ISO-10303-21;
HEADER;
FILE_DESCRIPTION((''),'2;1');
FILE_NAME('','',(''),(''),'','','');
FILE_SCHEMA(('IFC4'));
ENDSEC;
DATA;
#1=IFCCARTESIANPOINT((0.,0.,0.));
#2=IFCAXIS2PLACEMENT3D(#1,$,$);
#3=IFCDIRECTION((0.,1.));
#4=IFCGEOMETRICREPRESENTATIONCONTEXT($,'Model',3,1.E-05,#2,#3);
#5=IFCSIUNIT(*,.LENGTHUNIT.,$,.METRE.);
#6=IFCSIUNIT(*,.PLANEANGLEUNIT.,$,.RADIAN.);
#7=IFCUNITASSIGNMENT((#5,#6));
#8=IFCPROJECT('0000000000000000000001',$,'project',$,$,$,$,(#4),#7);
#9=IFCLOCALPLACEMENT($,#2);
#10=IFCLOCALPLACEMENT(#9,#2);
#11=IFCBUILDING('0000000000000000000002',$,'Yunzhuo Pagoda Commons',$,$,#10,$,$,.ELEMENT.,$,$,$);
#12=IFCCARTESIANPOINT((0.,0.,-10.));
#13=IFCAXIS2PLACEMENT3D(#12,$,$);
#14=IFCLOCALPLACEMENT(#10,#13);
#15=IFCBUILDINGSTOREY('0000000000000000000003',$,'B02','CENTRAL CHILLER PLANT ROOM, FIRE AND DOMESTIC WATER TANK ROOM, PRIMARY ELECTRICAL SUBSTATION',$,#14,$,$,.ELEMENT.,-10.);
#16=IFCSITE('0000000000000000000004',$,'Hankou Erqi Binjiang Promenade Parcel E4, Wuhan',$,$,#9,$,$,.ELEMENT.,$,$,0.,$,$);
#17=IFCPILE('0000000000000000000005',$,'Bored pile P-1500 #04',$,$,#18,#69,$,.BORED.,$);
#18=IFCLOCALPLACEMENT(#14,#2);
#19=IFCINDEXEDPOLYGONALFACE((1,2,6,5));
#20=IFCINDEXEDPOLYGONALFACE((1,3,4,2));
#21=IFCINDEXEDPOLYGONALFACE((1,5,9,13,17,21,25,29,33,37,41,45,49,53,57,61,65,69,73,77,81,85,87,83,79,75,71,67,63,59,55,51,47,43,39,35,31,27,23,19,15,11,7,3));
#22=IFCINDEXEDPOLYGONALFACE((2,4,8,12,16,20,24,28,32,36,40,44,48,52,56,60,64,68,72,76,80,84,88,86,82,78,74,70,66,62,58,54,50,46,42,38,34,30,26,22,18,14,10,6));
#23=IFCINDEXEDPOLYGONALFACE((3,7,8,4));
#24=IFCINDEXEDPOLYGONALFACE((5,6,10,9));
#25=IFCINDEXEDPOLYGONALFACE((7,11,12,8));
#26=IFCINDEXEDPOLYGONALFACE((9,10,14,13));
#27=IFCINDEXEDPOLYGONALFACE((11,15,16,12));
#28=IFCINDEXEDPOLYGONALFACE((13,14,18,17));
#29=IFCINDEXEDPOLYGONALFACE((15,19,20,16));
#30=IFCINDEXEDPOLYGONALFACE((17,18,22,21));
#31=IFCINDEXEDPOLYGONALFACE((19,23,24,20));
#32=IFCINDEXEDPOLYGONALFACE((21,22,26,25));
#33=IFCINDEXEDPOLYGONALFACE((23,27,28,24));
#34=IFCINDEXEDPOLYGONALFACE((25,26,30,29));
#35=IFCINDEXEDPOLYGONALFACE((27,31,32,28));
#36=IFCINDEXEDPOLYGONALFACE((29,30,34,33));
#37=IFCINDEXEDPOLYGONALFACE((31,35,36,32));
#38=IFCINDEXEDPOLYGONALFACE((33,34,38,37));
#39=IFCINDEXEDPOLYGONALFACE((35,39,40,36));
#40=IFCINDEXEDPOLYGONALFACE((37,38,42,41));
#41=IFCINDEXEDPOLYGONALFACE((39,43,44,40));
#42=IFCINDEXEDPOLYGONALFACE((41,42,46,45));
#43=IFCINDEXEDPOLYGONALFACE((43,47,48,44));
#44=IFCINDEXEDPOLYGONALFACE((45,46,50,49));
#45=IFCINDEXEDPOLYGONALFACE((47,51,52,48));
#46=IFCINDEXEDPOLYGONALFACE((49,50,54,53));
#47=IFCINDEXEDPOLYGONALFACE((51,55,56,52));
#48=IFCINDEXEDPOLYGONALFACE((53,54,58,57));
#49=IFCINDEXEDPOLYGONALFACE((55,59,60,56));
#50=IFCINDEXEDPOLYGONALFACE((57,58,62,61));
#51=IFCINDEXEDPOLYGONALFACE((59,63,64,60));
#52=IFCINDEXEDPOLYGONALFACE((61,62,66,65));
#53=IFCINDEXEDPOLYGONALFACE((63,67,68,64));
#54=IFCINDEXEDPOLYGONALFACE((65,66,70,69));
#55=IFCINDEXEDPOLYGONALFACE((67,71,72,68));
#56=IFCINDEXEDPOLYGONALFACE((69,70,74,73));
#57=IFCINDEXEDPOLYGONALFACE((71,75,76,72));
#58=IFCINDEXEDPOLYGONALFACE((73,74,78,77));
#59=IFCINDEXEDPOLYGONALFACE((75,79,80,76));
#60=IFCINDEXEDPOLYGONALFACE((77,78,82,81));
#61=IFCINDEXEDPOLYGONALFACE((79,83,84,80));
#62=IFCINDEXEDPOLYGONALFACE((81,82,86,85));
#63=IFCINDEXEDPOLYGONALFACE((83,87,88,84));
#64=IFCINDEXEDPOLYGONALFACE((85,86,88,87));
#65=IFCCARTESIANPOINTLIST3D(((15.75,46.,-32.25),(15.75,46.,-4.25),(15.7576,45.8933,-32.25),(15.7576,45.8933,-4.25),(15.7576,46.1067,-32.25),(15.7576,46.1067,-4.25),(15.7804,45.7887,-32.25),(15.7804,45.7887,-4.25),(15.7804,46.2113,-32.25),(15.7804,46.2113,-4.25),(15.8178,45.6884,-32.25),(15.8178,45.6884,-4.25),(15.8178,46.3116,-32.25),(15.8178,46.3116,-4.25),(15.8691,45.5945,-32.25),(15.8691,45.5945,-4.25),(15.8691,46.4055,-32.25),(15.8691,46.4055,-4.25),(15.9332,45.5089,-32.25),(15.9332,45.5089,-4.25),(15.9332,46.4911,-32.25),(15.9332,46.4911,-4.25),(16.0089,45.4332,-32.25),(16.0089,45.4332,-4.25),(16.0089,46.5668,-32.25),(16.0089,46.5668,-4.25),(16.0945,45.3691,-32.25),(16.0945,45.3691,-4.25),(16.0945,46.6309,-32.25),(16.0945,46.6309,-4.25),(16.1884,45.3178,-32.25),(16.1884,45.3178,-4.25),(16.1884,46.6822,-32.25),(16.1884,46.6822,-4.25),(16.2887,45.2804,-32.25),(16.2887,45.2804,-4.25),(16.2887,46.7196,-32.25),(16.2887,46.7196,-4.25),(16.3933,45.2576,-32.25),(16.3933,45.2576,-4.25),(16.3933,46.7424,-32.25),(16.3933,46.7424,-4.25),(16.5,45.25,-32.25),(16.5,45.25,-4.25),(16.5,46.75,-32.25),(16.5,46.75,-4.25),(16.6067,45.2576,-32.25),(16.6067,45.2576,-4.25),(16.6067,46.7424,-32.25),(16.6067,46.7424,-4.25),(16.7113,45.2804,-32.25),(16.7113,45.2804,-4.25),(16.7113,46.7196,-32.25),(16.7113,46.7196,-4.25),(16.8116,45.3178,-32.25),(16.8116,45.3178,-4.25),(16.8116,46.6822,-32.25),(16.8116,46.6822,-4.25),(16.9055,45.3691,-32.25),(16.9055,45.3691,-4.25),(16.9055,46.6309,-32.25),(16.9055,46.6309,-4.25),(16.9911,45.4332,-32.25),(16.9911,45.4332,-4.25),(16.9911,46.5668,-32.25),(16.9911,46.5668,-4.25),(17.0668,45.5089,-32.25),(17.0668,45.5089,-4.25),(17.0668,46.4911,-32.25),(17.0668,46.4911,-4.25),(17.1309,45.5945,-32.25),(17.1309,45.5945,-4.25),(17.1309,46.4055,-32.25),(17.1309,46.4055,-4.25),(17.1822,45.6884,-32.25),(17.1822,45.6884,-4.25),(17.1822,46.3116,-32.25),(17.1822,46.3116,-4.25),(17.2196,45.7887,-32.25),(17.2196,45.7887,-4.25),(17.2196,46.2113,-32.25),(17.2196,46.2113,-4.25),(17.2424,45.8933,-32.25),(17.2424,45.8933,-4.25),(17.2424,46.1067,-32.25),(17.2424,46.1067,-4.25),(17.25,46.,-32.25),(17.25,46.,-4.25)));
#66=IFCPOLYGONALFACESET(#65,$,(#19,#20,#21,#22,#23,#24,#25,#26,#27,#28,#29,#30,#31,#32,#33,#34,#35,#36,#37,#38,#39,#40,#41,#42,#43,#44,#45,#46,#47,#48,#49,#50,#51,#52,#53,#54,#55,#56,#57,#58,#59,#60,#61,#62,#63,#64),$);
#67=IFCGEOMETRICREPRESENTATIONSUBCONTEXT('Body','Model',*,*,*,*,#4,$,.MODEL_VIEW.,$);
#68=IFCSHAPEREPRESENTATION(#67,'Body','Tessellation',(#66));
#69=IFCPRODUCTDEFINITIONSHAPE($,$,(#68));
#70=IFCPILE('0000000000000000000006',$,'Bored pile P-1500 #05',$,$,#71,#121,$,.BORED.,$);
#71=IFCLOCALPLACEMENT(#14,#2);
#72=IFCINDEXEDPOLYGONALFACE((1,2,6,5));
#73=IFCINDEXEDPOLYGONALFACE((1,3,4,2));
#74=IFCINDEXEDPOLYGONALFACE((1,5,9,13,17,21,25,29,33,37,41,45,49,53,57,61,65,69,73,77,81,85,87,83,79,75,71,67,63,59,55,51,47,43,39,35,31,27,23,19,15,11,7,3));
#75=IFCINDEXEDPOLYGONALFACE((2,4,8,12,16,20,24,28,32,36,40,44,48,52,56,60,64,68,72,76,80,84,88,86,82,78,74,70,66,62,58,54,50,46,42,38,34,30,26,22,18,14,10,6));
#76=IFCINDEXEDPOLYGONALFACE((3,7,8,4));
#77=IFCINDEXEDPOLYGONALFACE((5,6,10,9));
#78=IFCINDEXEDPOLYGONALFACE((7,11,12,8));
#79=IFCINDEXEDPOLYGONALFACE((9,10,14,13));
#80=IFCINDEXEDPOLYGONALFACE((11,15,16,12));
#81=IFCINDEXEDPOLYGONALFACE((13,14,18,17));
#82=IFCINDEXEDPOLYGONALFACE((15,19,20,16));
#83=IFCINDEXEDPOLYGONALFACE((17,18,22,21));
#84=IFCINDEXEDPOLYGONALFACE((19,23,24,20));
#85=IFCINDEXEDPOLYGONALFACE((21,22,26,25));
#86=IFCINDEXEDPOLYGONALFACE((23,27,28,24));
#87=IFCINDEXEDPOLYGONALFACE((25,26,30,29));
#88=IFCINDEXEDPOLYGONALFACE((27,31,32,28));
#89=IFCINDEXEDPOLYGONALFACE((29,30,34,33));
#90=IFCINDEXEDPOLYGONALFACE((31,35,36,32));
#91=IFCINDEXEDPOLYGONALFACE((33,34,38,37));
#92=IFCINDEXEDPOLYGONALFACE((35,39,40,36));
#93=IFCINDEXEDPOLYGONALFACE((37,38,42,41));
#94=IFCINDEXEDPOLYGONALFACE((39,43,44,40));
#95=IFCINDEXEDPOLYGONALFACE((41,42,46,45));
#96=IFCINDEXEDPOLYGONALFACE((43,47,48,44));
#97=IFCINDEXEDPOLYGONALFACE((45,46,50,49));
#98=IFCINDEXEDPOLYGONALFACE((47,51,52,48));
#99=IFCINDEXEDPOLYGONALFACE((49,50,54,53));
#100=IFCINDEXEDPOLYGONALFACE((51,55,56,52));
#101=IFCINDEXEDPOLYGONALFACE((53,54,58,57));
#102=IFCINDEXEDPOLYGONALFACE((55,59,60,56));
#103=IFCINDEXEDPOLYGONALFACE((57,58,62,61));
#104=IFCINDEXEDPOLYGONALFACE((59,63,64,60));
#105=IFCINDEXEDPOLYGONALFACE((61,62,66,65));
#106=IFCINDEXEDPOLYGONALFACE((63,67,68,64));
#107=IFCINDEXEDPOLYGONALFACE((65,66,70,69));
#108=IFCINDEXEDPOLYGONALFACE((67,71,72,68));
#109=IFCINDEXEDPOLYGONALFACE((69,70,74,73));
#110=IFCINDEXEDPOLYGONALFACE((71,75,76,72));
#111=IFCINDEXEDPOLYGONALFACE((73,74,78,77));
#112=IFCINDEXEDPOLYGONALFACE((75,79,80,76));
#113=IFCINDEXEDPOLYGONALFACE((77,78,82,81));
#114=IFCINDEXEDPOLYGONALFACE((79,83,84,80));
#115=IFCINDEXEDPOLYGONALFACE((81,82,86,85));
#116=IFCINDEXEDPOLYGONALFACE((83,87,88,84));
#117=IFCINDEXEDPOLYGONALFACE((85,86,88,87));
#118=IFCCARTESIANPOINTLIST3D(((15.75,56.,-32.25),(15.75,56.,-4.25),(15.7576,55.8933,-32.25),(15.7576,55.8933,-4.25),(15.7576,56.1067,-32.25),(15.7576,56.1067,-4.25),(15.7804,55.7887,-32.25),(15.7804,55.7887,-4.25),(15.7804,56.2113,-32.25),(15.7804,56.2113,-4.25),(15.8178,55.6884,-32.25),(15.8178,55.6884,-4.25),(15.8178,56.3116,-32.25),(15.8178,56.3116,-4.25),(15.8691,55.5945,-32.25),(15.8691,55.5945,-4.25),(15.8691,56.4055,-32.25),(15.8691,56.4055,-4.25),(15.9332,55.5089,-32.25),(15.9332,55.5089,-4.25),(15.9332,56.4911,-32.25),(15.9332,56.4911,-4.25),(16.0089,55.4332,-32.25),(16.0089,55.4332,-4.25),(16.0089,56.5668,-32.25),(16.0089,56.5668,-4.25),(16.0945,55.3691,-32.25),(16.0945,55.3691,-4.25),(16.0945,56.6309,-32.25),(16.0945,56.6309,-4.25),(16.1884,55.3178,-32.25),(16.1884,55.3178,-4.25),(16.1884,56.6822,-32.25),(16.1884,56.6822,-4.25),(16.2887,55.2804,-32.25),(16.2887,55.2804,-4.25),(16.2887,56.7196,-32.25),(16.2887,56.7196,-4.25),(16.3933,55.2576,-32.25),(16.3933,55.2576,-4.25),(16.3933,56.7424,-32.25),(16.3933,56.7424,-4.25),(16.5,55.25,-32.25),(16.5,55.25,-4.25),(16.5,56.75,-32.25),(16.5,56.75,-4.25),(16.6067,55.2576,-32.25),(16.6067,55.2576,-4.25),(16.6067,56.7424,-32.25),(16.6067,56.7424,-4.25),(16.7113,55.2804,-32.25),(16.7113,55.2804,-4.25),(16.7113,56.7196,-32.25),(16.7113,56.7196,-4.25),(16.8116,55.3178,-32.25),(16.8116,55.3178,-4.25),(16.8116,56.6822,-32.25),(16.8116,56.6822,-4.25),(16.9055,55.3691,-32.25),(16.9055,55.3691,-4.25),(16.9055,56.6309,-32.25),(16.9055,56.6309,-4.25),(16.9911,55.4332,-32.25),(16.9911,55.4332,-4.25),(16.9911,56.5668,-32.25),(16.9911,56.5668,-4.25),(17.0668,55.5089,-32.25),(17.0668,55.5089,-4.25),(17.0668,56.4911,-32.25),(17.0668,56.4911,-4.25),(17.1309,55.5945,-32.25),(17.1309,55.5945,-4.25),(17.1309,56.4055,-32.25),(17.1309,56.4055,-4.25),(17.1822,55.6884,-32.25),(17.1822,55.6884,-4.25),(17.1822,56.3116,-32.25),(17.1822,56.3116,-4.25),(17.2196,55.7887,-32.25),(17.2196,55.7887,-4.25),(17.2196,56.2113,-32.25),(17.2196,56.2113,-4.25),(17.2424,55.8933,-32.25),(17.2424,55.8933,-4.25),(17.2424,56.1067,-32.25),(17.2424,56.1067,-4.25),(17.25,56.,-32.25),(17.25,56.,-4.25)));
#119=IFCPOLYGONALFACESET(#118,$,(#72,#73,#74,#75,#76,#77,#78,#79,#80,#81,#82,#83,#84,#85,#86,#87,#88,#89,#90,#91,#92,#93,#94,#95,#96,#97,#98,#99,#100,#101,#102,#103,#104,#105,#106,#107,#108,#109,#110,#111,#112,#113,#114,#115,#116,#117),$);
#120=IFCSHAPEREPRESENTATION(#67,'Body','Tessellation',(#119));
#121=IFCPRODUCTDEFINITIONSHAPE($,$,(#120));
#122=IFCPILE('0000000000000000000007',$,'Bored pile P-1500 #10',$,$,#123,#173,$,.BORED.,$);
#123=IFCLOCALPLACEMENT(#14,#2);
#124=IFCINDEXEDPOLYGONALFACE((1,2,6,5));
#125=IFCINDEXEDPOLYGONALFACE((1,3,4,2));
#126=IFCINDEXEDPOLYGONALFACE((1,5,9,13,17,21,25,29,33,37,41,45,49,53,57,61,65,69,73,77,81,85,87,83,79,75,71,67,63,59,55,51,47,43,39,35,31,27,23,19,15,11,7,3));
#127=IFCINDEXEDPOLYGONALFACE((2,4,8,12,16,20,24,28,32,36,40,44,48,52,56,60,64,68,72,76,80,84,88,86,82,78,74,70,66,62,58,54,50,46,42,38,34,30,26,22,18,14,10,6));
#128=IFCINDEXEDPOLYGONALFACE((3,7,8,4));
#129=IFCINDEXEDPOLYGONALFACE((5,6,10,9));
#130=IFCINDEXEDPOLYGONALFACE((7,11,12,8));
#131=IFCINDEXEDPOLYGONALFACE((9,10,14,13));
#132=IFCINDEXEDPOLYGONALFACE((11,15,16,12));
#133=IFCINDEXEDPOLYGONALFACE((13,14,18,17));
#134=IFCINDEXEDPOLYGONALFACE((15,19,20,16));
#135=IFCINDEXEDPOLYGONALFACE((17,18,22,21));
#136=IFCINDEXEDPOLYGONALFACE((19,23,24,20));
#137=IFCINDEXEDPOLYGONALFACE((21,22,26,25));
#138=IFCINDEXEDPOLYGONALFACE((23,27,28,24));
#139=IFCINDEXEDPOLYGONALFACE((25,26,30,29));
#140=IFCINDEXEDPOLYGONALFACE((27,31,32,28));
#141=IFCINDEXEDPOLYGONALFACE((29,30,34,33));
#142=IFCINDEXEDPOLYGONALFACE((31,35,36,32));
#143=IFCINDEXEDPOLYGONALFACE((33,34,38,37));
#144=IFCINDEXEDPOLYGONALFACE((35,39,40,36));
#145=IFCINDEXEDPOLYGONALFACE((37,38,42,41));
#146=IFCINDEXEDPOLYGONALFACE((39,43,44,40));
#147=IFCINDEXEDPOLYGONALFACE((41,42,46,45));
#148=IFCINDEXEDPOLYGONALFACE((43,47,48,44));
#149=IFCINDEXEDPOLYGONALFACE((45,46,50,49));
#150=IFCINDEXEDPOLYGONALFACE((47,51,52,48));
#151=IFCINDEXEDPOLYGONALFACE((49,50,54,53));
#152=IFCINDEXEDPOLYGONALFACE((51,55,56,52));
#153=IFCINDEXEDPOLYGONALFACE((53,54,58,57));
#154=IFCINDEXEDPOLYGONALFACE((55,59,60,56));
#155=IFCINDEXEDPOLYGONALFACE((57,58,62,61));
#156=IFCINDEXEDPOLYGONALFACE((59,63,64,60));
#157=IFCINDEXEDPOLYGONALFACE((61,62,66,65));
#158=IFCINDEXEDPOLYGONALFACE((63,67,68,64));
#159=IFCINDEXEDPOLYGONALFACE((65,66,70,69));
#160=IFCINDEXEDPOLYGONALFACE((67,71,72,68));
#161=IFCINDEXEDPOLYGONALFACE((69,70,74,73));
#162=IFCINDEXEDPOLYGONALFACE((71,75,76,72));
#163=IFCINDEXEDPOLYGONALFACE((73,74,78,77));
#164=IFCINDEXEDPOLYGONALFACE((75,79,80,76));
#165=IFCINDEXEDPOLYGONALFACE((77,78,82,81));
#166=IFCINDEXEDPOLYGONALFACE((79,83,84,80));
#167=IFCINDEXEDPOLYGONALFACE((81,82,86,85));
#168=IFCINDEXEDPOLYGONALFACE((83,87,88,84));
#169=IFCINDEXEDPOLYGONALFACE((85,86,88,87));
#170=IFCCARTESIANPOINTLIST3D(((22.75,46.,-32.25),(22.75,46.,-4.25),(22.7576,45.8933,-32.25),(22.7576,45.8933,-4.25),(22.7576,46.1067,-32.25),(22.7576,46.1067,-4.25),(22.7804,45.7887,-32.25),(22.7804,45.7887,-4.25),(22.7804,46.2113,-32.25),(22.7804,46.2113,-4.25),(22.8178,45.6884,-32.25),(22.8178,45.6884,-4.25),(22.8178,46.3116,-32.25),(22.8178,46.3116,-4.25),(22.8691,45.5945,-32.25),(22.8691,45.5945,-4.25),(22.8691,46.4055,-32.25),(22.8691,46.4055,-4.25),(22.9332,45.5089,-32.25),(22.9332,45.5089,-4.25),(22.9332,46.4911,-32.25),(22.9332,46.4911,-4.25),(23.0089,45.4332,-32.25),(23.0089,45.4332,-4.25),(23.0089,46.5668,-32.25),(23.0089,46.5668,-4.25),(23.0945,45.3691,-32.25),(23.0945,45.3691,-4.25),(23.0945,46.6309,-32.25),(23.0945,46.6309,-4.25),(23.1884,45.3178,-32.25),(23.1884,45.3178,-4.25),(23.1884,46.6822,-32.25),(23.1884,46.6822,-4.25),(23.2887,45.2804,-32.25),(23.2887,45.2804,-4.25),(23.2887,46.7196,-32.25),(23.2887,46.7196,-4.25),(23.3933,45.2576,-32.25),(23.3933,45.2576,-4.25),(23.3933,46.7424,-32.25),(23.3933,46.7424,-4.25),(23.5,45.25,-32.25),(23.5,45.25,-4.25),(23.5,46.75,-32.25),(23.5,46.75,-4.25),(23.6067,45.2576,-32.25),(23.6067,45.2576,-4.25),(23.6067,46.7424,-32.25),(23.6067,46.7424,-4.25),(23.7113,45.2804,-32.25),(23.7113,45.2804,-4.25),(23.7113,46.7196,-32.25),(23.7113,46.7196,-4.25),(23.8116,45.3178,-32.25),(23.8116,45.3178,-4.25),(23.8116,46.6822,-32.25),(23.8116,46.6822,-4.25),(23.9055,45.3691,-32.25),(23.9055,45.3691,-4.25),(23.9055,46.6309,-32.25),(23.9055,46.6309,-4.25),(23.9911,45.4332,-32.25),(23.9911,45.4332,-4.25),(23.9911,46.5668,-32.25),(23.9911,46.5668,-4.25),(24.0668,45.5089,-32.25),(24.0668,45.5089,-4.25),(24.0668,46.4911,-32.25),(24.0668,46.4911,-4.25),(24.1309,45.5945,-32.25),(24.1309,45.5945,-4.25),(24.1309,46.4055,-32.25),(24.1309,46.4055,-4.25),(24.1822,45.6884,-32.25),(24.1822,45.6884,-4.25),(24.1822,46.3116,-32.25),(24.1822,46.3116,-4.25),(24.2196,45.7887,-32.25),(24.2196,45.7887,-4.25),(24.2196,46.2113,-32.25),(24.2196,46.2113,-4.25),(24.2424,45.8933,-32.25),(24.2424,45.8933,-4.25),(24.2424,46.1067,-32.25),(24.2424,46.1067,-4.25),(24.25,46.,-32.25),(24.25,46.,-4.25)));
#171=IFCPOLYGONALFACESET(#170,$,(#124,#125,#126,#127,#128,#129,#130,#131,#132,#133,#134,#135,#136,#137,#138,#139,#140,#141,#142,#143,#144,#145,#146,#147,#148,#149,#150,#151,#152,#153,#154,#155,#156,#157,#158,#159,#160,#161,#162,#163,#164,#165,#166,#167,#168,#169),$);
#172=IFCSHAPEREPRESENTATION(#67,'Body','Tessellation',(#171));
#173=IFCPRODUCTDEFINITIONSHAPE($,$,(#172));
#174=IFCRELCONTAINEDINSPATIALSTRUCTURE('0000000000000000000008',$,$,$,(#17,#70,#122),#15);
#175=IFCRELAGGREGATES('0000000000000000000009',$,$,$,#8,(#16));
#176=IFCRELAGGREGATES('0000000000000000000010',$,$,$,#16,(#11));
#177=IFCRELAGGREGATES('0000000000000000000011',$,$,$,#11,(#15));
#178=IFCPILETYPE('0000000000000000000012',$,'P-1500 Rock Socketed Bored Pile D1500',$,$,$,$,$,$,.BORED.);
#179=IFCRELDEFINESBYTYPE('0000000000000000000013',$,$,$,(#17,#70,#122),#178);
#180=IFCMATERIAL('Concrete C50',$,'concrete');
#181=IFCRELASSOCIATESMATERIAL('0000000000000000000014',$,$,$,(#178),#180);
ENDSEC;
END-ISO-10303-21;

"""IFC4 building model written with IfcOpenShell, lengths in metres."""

from ifc_helpers import new_model, si_unit, direction, frame, origin, origin_2d, place, context, subcontext, project, spatial, circle, extrude, source, transform, mapped, material, material_profile, profile_set, type_object, element, save


model = new_model("IFC4")

# Units and contexts
model_context = context("Model", 3, precision=1e-05, world=origin(), true_north=direction((0.0, 1.0)))
body_context = subcontext(model_context, "Body", "Model", "MODEL_VIEW")
ifc_project = project(units=[si_unit("LENGTHUNIT", "METRE"), si_unit("PLANEANGLEUNIT", "RADIAN")], contexts=[model_context])

# Site, building, storey
site_placement = place(None, origin())
site = spatial("IfcSite", under=ifc_project, at=site_placement, Name="Hankou Erqi Binjiang Promenade Parcel E4, Wuhan", CompositionType="ELEMENT", RefElevation=0.0)
building_placement = place(site_placement, origin())
building = spatial("IfcBuilding", under=site, at=building_placement, Name="Yunzhuo Pagoda Commons", CompositionType="ELEMENT")
storey_placement = place(building_placement, frame((0.0, 0.0, -10.0)))
storey = spatial("IfcBuildingStorey", under=building, at=storey_placement, Name="B02", Description="CENTRAL CHILLER PLANT ROOM, FIRE AND DOMESTIC WATER TANK ROOM, PRIMARY ELECTRICAL SUBSTATION", CompositionType="ELEMENT", Elevation=-10.0)

# Piles
ifc_material_1 = material(Name="Concrete C50", Category="concrete")
ifc_material_profile_1 = material_profile(ifc_material_1, circle(Radius=0.75, at=origin_2d()), Name="Concrete C50")
ifc_profile_set_1 = profile_set([ifc_material_profile_1], Name="Concrete C50")
pile_type = type_object("IfcPileType", Name="P-1500 Rock Socketed Bored Pile D1500", PredefinedType="BORED", material=ifc_profile_set_1)
shared_shape_1 = source(origin(), body_context, "Body", "SweptSolid", [
    extrude(circle(Radius=0.75, at=origin_2d()), origin(), (0.0, 0.0, 1.0), 28.0),
])
for number, where, z_axis, x_axis, name in (
    (1, (16.5, 46.0, -4.25), (0.0, 0.0, -1.0), (1.0, 0.0, 0.0), "Bored pile P-1500 #04"),
    (2, (16.5, 56.0, -4.25), (0.0, 0.0, -1.0), (1.0, 0.0, 0.0), "Bored pile P-1500 #05"),
    (3, (23.5, 46.0, -4.25), (0.0, 0.0, -1.0), (1.0, 0.0, 0.0), "Bored pile P-1500 #10"),
):
    element("IfcPile", number, at=place(storey_placement, frame(where, z_axis=z_axis, x_axis=x_axis)), inside=storey, type_object=pile_type, Name=name, PredefinedType="BORED", context=body_context, shape_type="MappedRepresentation", body=[
        mapped(shared_shape_1, transform((0.0, 0.0, 0.0), scale=1.0)),
    ])

save(model, "model.ifc")
